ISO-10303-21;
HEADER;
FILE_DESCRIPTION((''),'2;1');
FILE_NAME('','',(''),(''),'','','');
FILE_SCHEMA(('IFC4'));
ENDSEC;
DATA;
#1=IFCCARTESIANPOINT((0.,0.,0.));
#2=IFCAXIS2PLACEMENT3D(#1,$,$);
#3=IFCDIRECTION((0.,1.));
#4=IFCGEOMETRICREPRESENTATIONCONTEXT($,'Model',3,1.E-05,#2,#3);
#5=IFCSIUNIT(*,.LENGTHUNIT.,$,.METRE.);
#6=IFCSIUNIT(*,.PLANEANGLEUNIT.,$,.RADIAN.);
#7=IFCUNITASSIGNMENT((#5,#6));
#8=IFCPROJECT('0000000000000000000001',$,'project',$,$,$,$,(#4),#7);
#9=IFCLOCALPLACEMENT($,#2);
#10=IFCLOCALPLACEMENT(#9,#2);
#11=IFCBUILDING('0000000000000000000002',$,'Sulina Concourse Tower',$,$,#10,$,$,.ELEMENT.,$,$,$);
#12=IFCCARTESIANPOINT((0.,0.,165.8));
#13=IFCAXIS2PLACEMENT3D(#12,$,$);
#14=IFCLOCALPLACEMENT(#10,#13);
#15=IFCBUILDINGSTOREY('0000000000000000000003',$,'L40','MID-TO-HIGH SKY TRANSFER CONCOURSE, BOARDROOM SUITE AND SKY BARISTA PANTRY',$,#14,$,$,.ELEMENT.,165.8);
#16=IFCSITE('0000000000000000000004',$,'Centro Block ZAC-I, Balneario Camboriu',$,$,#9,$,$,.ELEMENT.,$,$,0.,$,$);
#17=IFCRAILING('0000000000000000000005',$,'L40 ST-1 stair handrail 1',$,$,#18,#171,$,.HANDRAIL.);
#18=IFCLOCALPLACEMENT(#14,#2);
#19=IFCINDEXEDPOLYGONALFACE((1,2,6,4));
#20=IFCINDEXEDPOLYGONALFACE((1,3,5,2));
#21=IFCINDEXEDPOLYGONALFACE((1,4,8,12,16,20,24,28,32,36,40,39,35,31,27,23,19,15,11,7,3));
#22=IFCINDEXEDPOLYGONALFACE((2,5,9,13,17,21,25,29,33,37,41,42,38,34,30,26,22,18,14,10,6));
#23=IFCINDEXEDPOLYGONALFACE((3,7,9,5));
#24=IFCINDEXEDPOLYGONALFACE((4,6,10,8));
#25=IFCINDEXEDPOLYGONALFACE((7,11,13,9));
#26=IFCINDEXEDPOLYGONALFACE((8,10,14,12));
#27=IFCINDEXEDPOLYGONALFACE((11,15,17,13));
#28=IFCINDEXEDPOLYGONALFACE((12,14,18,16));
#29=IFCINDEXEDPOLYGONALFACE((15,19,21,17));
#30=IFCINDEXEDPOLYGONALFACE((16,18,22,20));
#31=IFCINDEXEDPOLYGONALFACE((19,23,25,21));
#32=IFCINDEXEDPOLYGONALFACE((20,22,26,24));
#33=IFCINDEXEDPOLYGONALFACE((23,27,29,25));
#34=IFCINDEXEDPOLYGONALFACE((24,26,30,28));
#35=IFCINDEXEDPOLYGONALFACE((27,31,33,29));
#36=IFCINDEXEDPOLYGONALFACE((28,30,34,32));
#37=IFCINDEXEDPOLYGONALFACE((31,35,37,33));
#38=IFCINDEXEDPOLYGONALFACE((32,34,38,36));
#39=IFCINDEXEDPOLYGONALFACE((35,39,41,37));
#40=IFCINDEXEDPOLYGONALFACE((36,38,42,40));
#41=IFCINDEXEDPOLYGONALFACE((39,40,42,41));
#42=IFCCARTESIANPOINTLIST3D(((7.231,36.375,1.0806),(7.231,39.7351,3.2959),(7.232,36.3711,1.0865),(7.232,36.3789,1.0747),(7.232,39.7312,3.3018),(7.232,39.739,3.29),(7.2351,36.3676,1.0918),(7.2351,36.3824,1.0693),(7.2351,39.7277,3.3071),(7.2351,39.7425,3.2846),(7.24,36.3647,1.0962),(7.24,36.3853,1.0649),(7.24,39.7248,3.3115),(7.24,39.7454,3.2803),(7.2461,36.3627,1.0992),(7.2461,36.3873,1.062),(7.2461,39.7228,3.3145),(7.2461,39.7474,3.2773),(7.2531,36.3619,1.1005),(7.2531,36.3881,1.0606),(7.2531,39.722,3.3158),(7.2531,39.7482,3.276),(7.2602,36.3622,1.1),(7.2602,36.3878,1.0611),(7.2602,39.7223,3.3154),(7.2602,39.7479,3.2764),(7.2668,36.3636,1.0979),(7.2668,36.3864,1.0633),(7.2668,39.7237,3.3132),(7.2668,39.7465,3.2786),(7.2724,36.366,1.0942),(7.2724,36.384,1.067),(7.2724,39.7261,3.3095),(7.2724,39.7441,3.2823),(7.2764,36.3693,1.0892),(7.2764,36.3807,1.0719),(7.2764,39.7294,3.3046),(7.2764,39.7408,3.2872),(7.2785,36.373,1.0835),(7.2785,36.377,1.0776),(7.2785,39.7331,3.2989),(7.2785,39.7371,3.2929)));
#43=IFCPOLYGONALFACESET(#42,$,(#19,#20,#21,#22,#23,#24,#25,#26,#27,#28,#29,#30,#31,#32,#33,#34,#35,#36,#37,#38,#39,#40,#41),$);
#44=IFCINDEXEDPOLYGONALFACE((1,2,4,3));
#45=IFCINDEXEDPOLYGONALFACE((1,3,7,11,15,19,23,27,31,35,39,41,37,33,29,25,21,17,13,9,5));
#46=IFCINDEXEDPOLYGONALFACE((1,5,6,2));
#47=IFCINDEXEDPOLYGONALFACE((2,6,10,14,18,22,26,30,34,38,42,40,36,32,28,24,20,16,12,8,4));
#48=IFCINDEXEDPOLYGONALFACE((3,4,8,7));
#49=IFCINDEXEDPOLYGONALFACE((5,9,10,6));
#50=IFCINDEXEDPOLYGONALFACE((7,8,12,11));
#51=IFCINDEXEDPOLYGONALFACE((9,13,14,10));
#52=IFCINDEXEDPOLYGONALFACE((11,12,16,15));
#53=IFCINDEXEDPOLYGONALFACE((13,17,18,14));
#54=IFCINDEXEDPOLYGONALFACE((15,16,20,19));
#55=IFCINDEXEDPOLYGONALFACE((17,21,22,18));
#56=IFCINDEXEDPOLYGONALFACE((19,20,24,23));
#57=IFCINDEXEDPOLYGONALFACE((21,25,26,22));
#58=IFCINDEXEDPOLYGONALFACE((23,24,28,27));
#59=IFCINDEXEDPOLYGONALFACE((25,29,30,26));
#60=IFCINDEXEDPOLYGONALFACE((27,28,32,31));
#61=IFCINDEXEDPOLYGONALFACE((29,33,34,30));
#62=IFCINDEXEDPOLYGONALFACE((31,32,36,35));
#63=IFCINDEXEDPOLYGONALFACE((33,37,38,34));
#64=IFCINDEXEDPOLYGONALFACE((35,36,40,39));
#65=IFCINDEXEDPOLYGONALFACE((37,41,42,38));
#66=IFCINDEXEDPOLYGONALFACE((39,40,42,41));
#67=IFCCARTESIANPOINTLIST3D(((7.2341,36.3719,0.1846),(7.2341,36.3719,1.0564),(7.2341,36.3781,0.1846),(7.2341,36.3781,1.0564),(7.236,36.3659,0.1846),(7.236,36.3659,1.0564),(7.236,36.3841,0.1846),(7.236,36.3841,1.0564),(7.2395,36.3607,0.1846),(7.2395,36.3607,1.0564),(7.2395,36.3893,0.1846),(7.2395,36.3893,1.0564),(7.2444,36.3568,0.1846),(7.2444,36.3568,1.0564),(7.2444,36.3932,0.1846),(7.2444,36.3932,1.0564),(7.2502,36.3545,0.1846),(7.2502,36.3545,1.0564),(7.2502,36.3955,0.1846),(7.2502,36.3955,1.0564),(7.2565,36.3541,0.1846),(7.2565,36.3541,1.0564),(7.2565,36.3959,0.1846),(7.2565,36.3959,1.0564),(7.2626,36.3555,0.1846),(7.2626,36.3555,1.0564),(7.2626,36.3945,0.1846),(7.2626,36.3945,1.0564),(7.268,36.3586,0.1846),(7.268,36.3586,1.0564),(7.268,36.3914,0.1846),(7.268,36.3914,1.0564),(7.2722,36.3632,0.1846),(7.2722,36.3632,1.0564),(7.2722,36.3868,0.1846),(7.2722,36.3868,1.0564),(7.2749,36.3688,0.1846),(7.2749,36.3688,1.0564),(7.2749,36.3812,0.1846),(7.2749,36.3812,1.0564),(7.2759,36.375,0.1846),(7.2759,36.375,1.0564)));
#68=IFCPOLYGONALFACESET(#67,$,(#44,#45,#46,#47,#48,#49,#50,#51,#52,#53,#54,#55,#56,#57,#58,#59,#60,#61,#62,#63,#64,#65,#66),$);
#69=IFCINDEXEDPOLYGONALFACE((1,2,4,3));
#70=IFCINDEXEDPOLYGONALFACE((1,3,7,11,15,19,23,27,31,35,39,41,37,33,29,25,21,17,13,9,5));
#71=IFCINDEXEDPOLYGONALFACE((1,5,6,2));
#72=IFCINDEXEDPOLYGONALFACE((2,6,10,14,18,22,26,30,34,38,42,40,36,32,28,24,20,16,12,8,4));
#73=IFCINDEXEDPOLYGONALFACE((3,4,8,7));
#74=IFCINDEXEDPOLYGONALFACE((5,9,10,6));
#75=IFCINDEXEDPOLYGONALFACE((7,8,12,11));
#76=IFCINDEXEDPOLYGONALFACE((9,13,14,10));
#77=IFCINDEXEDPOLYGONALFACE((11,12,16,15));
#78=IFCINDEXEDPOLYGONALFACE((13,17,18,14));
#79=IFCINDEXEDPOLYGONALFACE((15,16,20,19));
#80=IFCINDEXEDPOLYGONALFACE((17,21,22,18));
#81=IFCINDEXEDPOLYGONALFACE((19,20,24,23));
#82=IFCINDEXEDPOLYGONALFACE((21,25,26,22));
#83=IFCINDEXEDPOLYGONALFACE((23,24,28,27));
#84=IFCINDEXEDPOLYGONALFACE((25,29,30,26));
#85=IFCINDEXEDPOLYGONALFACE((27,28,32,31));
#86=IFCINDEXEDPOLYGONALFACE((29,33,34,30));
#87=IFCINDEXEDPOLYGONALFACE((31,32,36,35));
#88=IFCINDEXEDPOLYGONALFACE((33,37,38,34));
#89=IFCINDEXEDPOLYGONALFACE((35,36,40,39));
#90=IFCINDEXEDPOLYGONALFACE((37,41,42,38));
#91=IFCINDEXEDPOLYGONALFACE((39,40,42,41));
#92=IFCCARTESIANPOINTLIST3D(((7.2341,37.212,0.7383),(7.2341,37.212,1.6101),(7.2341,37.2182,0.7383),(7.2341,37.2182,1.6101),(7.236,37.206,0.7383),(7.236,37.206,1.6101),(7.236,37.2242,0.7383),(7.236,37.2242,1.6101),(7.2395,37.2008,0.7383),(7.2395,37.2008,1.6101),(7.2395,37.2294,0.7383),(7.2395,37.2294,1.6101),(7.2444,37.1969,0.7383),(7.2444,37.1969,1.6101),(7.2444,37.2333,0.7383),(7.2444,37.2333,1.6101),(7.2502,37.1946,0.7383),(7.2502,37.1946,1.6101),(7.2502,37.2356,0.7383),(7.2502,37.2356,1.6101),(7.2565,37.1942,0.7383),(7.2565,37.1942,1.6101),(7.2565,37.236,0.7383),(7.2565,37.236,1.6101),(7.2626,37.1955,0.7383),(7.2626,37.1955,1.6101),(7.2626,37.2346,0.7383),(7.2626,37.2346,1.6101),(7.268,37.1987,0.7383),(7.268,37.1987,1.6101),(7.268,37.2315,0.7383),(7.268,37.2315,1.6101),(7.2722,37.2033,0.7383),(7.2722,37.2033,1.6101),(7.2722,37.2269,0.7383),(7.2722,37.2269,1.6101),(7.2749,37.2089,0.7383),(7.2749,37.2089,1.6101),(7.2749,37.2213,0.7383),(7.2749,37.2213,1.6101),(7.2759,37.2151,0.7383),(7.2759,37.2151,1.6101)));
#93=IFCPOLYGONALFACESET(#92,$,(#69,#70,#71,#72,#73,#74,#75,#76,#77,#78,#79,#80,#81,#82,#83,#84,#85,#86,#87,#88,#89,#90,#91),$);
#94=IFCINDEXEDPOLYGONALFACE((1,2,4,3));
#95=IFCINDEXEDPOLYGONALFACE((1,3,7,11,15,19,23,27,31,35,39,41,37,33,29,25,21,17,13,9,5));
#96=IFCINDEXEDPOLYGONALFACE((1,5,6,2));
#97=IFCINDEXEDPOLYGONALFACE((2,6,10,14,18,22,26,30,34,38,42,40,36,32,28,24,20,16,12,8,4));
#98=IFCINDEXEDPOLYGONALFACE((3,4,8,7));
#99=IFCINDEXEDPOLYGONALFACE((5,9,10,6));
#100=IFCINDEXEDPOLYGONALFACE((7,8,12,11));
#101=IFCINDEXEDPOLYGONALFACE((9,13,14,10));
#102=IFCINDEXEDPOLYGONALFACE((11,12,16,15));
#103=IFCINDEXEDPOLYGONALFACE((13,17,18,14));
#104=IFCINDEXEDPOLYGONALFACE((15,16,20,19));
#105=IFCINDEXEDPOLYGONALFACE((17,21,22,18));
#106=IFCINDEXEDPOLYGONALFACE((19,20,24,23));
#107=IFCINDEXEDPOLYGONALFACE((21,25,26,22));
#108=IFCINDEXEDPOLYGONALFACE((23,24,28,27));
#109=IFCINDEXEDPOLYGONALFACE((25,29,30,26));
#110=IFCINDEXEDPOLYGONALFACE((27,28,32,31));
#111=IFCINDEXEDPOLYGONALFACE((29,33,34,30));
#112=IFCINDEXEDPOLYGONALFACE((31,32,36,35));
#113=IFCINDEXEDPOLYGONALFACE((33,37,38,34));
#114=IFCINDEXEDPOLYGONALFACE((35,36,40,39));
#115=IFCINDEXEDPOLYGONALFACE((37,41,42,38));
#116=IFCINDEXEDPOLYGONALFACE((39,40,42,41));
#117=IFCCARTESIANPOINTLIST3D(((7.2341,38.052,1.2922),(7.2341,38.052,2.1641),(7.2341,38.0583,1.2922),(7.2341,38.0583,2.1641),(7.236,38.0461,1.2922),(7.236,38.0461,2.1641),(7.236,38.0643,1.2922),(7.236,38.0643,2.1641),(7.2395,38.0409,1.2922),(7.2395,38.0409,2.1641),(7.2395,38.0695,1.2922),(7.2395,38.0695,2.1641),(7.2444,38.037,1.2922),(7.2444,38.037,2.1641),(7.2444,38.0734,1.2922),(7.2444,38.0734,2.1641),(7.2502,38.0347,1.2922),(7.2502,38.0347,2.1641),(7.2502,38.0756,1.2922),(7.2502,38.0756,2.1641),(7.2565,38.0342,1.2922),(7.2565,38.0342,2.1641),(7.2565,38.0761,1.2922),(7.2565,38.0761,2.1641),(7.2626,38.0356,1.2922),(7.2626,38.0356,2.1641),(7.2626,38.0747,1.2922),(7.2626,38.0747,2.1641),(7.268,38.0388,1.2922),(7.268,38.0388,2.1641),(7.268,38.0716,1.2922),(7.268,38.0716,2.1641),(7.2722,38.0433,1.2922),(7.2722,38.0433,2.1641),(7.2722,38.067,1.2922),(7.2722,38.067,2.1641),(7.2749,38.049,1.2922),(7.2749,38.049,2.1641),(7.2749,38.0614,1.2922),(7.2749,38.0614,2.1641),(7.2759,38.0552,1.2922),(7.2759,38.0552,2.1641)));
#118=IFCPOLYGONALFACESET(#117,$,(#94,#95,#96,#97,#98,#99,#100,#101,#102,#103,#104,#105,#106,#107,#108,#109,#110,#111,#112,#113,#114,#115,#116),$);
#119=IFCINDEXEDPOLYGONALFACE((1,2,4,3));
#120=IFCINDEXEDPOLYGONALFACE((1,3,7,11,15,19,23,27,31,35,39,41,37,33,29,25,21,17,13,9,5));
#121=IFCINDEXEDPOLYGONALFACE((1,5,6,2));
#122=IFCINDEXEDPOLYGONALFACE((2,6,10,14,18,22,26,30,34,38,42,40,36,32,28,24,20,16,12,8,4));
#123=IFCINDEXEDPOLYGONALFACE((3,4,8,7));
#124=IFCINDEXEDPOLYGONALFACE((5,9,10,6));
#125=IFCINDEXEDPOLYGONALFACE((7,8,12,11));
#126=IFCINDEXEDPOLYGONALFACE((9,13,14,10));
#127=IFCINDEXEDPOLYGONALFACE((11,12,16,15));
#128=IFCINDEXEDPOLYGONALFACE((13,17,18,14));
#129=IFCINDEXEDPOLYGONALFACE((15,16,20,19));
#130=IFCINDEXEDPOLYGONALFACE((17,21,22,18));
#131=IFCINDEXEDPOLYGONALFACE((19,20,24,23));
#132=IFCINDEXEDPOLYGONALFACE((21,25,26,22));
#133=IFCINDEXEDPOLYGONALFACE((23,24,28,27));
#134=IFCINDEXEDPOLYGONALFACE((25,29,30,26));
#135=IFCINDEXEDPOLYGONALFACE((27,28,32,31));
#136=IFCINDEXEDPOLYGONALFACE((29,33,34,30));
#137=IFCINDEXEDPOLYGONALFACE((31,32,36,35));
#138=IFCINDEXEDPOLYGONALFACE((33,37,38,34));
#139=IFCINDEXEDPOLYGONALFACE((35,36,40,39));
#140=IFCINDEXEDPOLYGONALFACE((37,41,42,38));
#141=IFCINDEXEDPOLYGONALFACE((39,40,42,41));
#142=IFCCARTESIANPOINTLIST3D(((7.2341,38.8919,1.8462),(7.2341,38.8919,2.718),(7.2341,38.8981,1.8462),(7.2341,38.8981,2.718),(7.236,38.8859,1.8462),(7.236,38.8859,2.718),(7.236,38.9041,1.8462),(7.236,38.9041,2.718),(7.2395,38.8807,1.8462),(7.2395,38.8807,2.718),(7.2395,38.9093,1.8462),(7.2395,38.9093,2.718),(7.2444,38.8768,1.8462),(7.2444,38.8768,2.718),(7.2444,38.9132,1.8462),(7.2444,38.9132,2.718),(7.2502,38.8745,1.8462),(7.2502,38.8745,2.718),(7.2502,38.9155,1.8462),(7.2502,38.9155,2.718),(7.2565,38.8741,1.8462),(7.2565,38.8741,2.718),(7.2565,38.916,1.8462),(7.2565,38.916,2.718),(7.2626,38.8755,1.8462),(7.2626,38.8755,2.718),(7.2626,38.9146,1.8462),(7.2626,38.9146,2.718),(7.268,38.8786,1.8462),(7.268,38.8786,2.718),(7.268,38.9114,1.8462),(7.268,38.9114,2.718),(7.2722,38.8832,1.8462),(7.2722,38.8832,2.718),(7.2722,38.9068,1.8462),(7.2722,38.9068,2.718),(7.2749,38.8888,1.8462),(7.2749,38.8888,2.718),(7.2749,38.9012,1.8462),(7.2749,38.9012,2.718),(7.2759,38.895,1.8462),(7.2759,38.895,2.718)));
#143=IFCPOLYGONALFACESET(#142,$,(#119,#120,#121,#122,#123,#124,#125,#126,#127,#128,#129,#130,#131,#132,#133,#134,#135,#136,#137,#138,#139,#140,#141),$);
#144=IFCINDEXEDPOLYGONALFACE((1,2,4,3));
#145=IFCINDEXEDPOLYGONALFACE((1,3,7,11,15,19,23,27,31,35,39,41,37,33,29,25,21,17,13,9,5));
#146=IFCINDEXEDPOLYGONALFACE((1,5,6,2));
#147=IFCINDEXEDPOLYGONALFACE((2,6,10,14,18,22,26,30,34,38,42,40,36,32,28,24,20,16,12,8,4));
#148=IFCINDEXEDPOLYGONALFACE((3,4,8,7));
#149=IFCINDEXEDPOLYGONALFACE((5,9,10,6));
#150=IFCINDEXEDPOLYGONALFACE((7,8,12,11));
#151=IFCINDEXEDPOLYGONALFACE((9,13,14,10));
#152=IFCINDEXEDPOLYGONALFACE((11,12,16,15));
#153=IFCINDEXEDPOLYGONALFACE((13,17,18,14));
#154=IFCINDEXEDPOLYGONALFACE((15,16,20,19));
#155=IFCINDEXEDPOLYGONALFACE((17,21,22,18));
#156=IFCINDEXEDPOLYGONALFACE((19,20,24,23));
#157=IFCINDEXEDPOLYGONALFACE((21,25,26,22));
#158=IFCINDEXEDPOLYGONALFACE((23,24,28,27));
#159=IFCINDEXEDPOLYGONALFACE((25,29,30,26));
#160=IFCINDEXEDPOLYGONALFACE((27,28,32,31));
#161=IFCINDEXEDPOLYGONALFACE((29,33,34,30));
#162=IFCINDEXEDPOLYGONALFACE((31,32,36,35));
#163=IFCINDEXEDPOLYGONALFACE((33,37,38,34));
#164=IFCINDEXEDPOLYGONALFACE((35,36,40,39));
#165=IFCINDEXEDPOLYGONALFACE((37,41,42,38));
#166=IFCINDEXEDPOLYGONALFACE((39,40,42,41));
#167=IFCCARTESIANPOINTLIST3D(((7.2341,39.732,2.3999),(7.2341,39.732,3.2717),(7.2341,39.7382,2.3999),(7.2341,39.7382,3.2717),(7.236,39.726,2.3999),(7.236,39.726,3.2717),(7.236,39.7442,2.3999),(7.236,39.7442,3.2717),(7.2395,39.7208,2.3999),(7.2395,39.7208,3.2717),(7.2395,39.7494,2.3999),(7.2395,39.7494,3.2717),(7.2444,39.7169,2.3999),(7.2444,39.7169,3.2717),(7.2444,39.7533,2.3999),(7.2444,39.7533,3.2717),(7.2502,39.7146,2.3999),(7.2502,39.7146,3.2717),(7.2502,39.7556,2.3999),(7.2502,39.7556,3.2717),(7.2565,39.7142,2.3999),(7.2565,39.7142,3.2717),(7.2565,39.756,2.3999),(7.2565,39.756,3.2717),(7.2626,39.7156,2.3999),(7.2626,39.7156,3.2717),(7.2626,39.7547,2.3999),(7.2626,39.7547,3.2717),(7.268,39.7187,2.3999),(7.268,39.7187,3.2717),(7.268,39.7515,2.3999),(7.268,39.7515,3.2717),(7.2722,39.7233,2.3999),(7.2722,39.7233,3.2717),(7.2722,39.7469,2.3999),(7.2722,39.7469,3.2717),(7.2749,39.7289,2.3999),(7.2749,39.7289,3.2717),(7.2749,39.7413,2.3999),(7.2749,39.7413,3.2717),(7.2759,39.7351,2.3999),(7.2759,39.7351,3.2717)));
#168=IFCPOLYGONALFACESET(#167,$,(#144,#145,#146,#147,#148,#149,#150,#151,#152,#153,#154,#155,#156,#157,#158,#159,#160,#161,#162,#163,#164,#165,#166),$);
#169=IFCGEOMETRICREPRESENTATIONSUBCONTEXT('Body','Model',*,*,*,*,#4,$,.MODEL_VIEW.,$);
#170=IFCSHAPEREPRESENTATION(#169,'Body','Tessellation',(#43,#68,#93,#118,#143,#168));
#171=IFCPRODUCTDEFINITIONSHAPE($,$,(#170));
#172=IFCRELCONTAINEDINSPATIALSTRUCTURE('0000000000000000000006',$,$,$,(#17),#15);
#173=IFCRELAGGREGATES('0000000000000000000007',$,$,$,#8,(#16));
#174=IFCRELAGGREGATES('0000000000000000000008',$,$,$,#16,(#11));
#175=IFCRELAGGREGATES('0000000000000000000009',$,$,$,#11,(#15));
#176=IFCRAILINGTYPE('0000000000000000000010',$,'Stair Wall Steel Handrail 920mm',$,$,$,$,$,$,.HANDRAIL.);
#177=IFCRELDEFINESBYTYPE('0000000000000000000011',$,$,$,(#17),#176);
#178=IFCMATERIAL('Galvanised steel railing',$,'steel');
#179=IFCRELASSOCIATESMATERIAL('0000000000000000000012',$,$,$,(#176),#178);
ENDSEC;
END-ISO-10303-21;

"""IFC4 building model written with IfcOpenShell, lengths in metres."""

from ifc_helpers import new_model, si_unit, direction, frame, origin, origin_2d, place, context, subcontext, project, spatial, circle, extrude, material, type_object, element, save


model = new_model("IFC4")

# Units and contexts
model_context = context("Model", 3, precision=1e-05, world=origin(), true_north=direction((0.0, 1.0)))
body_context = subcontext(model_context, "Body", "Model", "MODEL_VIEW")
ifc_project = project(units=[si_unit("LENGTHUNIT", "METRE"), si_unit("PLANEANGLEUNIT", "RADIAN")], contexts=[model_context])

# Site, building, storey
site_placement = place(None, origin())
site = spatial("IfcSite", under=ifc_project, at=site_placement, Name="Centro Block ZAC-I, Balneario Camboriu", CompositionType="ELEMENT", RefElevation=0.0)
building_placement = place(site_placement, origin())
building = spatial("IfcBuilding", under=site, at=building_placement, Name="Sulina Concourse Tower", CompositionType="ELEMENT")
storey_placement = place(building_placement, frame((0.0, 0.0, 165.8)))
storey = spatial("IfcBuildingStorey", under=building, at=storey_placement, Name="L40", Description="MID-TO-HIGH SKY TRANSFER CONCOURSE, BOARDROOM SUITE AND SKY BARISTA PANTRY", CompositionType="ELEMENT", Elevation=165.8)

# Railing
ifc_material_1 = material(Name="Galvanised steel railing", Category="steel")
railing_type_1 = type_object("IfcRailingType", Name="Stair Wall Steel Handrail 920mm", PredefinedType="HANDRAIL", material=ifc_material_1)
railing_1_placement = place(storey_placement, frame((7.2549, 36.375, 0.1846)))
element("IfcRailing", 1, at=railing_1_placement, inside=storey, type_object=railing_type_1, Name="L40 ST-1 stair handrail 1", PredefinedType="HANDRAIL", context=body_context, shape_type="SweptSolid", body=[
    extrude(circle(Radius=0.0239, at=origin_2d()), frame((0.0, 0.0, 0.896), z_axis=(0.0, 0.834876, 0.550437), x_axis=(-1.0, 0.0, 0.0)), (0.0, 0.0, 1.0), 4.0247),
    extrude(circle(Radius=0.021, at=origin_2d()), origin(), (0.0, 0.0, 1.0), 0.8718),
    extrude(circle(Radius=0.021, at=origin_2d()), frame((0.0, 0.8401, 0.5537)), (0.0, 0.0, 1.0), 0.8718),
    extrude(circle(Radius=0.021, at=origin_2d()), frame((0.0, 1.6802, 1.1077)), (0.0, 0.0, 1.0), 0.8718),
    extrude(circle(Radius=0.021, at=origin_2d()), frame((0.0, 2.52, 1.6616)), (0.0, 0.0, 1.0), 0.8718),
    extrude(circle(Radius=0.021, at=origin_2d()), frame((0.0, 3.3601, 2.2153)), (0.0, 0.0, 1.0), 0.8718),
])

save(model, "model.ifc")
